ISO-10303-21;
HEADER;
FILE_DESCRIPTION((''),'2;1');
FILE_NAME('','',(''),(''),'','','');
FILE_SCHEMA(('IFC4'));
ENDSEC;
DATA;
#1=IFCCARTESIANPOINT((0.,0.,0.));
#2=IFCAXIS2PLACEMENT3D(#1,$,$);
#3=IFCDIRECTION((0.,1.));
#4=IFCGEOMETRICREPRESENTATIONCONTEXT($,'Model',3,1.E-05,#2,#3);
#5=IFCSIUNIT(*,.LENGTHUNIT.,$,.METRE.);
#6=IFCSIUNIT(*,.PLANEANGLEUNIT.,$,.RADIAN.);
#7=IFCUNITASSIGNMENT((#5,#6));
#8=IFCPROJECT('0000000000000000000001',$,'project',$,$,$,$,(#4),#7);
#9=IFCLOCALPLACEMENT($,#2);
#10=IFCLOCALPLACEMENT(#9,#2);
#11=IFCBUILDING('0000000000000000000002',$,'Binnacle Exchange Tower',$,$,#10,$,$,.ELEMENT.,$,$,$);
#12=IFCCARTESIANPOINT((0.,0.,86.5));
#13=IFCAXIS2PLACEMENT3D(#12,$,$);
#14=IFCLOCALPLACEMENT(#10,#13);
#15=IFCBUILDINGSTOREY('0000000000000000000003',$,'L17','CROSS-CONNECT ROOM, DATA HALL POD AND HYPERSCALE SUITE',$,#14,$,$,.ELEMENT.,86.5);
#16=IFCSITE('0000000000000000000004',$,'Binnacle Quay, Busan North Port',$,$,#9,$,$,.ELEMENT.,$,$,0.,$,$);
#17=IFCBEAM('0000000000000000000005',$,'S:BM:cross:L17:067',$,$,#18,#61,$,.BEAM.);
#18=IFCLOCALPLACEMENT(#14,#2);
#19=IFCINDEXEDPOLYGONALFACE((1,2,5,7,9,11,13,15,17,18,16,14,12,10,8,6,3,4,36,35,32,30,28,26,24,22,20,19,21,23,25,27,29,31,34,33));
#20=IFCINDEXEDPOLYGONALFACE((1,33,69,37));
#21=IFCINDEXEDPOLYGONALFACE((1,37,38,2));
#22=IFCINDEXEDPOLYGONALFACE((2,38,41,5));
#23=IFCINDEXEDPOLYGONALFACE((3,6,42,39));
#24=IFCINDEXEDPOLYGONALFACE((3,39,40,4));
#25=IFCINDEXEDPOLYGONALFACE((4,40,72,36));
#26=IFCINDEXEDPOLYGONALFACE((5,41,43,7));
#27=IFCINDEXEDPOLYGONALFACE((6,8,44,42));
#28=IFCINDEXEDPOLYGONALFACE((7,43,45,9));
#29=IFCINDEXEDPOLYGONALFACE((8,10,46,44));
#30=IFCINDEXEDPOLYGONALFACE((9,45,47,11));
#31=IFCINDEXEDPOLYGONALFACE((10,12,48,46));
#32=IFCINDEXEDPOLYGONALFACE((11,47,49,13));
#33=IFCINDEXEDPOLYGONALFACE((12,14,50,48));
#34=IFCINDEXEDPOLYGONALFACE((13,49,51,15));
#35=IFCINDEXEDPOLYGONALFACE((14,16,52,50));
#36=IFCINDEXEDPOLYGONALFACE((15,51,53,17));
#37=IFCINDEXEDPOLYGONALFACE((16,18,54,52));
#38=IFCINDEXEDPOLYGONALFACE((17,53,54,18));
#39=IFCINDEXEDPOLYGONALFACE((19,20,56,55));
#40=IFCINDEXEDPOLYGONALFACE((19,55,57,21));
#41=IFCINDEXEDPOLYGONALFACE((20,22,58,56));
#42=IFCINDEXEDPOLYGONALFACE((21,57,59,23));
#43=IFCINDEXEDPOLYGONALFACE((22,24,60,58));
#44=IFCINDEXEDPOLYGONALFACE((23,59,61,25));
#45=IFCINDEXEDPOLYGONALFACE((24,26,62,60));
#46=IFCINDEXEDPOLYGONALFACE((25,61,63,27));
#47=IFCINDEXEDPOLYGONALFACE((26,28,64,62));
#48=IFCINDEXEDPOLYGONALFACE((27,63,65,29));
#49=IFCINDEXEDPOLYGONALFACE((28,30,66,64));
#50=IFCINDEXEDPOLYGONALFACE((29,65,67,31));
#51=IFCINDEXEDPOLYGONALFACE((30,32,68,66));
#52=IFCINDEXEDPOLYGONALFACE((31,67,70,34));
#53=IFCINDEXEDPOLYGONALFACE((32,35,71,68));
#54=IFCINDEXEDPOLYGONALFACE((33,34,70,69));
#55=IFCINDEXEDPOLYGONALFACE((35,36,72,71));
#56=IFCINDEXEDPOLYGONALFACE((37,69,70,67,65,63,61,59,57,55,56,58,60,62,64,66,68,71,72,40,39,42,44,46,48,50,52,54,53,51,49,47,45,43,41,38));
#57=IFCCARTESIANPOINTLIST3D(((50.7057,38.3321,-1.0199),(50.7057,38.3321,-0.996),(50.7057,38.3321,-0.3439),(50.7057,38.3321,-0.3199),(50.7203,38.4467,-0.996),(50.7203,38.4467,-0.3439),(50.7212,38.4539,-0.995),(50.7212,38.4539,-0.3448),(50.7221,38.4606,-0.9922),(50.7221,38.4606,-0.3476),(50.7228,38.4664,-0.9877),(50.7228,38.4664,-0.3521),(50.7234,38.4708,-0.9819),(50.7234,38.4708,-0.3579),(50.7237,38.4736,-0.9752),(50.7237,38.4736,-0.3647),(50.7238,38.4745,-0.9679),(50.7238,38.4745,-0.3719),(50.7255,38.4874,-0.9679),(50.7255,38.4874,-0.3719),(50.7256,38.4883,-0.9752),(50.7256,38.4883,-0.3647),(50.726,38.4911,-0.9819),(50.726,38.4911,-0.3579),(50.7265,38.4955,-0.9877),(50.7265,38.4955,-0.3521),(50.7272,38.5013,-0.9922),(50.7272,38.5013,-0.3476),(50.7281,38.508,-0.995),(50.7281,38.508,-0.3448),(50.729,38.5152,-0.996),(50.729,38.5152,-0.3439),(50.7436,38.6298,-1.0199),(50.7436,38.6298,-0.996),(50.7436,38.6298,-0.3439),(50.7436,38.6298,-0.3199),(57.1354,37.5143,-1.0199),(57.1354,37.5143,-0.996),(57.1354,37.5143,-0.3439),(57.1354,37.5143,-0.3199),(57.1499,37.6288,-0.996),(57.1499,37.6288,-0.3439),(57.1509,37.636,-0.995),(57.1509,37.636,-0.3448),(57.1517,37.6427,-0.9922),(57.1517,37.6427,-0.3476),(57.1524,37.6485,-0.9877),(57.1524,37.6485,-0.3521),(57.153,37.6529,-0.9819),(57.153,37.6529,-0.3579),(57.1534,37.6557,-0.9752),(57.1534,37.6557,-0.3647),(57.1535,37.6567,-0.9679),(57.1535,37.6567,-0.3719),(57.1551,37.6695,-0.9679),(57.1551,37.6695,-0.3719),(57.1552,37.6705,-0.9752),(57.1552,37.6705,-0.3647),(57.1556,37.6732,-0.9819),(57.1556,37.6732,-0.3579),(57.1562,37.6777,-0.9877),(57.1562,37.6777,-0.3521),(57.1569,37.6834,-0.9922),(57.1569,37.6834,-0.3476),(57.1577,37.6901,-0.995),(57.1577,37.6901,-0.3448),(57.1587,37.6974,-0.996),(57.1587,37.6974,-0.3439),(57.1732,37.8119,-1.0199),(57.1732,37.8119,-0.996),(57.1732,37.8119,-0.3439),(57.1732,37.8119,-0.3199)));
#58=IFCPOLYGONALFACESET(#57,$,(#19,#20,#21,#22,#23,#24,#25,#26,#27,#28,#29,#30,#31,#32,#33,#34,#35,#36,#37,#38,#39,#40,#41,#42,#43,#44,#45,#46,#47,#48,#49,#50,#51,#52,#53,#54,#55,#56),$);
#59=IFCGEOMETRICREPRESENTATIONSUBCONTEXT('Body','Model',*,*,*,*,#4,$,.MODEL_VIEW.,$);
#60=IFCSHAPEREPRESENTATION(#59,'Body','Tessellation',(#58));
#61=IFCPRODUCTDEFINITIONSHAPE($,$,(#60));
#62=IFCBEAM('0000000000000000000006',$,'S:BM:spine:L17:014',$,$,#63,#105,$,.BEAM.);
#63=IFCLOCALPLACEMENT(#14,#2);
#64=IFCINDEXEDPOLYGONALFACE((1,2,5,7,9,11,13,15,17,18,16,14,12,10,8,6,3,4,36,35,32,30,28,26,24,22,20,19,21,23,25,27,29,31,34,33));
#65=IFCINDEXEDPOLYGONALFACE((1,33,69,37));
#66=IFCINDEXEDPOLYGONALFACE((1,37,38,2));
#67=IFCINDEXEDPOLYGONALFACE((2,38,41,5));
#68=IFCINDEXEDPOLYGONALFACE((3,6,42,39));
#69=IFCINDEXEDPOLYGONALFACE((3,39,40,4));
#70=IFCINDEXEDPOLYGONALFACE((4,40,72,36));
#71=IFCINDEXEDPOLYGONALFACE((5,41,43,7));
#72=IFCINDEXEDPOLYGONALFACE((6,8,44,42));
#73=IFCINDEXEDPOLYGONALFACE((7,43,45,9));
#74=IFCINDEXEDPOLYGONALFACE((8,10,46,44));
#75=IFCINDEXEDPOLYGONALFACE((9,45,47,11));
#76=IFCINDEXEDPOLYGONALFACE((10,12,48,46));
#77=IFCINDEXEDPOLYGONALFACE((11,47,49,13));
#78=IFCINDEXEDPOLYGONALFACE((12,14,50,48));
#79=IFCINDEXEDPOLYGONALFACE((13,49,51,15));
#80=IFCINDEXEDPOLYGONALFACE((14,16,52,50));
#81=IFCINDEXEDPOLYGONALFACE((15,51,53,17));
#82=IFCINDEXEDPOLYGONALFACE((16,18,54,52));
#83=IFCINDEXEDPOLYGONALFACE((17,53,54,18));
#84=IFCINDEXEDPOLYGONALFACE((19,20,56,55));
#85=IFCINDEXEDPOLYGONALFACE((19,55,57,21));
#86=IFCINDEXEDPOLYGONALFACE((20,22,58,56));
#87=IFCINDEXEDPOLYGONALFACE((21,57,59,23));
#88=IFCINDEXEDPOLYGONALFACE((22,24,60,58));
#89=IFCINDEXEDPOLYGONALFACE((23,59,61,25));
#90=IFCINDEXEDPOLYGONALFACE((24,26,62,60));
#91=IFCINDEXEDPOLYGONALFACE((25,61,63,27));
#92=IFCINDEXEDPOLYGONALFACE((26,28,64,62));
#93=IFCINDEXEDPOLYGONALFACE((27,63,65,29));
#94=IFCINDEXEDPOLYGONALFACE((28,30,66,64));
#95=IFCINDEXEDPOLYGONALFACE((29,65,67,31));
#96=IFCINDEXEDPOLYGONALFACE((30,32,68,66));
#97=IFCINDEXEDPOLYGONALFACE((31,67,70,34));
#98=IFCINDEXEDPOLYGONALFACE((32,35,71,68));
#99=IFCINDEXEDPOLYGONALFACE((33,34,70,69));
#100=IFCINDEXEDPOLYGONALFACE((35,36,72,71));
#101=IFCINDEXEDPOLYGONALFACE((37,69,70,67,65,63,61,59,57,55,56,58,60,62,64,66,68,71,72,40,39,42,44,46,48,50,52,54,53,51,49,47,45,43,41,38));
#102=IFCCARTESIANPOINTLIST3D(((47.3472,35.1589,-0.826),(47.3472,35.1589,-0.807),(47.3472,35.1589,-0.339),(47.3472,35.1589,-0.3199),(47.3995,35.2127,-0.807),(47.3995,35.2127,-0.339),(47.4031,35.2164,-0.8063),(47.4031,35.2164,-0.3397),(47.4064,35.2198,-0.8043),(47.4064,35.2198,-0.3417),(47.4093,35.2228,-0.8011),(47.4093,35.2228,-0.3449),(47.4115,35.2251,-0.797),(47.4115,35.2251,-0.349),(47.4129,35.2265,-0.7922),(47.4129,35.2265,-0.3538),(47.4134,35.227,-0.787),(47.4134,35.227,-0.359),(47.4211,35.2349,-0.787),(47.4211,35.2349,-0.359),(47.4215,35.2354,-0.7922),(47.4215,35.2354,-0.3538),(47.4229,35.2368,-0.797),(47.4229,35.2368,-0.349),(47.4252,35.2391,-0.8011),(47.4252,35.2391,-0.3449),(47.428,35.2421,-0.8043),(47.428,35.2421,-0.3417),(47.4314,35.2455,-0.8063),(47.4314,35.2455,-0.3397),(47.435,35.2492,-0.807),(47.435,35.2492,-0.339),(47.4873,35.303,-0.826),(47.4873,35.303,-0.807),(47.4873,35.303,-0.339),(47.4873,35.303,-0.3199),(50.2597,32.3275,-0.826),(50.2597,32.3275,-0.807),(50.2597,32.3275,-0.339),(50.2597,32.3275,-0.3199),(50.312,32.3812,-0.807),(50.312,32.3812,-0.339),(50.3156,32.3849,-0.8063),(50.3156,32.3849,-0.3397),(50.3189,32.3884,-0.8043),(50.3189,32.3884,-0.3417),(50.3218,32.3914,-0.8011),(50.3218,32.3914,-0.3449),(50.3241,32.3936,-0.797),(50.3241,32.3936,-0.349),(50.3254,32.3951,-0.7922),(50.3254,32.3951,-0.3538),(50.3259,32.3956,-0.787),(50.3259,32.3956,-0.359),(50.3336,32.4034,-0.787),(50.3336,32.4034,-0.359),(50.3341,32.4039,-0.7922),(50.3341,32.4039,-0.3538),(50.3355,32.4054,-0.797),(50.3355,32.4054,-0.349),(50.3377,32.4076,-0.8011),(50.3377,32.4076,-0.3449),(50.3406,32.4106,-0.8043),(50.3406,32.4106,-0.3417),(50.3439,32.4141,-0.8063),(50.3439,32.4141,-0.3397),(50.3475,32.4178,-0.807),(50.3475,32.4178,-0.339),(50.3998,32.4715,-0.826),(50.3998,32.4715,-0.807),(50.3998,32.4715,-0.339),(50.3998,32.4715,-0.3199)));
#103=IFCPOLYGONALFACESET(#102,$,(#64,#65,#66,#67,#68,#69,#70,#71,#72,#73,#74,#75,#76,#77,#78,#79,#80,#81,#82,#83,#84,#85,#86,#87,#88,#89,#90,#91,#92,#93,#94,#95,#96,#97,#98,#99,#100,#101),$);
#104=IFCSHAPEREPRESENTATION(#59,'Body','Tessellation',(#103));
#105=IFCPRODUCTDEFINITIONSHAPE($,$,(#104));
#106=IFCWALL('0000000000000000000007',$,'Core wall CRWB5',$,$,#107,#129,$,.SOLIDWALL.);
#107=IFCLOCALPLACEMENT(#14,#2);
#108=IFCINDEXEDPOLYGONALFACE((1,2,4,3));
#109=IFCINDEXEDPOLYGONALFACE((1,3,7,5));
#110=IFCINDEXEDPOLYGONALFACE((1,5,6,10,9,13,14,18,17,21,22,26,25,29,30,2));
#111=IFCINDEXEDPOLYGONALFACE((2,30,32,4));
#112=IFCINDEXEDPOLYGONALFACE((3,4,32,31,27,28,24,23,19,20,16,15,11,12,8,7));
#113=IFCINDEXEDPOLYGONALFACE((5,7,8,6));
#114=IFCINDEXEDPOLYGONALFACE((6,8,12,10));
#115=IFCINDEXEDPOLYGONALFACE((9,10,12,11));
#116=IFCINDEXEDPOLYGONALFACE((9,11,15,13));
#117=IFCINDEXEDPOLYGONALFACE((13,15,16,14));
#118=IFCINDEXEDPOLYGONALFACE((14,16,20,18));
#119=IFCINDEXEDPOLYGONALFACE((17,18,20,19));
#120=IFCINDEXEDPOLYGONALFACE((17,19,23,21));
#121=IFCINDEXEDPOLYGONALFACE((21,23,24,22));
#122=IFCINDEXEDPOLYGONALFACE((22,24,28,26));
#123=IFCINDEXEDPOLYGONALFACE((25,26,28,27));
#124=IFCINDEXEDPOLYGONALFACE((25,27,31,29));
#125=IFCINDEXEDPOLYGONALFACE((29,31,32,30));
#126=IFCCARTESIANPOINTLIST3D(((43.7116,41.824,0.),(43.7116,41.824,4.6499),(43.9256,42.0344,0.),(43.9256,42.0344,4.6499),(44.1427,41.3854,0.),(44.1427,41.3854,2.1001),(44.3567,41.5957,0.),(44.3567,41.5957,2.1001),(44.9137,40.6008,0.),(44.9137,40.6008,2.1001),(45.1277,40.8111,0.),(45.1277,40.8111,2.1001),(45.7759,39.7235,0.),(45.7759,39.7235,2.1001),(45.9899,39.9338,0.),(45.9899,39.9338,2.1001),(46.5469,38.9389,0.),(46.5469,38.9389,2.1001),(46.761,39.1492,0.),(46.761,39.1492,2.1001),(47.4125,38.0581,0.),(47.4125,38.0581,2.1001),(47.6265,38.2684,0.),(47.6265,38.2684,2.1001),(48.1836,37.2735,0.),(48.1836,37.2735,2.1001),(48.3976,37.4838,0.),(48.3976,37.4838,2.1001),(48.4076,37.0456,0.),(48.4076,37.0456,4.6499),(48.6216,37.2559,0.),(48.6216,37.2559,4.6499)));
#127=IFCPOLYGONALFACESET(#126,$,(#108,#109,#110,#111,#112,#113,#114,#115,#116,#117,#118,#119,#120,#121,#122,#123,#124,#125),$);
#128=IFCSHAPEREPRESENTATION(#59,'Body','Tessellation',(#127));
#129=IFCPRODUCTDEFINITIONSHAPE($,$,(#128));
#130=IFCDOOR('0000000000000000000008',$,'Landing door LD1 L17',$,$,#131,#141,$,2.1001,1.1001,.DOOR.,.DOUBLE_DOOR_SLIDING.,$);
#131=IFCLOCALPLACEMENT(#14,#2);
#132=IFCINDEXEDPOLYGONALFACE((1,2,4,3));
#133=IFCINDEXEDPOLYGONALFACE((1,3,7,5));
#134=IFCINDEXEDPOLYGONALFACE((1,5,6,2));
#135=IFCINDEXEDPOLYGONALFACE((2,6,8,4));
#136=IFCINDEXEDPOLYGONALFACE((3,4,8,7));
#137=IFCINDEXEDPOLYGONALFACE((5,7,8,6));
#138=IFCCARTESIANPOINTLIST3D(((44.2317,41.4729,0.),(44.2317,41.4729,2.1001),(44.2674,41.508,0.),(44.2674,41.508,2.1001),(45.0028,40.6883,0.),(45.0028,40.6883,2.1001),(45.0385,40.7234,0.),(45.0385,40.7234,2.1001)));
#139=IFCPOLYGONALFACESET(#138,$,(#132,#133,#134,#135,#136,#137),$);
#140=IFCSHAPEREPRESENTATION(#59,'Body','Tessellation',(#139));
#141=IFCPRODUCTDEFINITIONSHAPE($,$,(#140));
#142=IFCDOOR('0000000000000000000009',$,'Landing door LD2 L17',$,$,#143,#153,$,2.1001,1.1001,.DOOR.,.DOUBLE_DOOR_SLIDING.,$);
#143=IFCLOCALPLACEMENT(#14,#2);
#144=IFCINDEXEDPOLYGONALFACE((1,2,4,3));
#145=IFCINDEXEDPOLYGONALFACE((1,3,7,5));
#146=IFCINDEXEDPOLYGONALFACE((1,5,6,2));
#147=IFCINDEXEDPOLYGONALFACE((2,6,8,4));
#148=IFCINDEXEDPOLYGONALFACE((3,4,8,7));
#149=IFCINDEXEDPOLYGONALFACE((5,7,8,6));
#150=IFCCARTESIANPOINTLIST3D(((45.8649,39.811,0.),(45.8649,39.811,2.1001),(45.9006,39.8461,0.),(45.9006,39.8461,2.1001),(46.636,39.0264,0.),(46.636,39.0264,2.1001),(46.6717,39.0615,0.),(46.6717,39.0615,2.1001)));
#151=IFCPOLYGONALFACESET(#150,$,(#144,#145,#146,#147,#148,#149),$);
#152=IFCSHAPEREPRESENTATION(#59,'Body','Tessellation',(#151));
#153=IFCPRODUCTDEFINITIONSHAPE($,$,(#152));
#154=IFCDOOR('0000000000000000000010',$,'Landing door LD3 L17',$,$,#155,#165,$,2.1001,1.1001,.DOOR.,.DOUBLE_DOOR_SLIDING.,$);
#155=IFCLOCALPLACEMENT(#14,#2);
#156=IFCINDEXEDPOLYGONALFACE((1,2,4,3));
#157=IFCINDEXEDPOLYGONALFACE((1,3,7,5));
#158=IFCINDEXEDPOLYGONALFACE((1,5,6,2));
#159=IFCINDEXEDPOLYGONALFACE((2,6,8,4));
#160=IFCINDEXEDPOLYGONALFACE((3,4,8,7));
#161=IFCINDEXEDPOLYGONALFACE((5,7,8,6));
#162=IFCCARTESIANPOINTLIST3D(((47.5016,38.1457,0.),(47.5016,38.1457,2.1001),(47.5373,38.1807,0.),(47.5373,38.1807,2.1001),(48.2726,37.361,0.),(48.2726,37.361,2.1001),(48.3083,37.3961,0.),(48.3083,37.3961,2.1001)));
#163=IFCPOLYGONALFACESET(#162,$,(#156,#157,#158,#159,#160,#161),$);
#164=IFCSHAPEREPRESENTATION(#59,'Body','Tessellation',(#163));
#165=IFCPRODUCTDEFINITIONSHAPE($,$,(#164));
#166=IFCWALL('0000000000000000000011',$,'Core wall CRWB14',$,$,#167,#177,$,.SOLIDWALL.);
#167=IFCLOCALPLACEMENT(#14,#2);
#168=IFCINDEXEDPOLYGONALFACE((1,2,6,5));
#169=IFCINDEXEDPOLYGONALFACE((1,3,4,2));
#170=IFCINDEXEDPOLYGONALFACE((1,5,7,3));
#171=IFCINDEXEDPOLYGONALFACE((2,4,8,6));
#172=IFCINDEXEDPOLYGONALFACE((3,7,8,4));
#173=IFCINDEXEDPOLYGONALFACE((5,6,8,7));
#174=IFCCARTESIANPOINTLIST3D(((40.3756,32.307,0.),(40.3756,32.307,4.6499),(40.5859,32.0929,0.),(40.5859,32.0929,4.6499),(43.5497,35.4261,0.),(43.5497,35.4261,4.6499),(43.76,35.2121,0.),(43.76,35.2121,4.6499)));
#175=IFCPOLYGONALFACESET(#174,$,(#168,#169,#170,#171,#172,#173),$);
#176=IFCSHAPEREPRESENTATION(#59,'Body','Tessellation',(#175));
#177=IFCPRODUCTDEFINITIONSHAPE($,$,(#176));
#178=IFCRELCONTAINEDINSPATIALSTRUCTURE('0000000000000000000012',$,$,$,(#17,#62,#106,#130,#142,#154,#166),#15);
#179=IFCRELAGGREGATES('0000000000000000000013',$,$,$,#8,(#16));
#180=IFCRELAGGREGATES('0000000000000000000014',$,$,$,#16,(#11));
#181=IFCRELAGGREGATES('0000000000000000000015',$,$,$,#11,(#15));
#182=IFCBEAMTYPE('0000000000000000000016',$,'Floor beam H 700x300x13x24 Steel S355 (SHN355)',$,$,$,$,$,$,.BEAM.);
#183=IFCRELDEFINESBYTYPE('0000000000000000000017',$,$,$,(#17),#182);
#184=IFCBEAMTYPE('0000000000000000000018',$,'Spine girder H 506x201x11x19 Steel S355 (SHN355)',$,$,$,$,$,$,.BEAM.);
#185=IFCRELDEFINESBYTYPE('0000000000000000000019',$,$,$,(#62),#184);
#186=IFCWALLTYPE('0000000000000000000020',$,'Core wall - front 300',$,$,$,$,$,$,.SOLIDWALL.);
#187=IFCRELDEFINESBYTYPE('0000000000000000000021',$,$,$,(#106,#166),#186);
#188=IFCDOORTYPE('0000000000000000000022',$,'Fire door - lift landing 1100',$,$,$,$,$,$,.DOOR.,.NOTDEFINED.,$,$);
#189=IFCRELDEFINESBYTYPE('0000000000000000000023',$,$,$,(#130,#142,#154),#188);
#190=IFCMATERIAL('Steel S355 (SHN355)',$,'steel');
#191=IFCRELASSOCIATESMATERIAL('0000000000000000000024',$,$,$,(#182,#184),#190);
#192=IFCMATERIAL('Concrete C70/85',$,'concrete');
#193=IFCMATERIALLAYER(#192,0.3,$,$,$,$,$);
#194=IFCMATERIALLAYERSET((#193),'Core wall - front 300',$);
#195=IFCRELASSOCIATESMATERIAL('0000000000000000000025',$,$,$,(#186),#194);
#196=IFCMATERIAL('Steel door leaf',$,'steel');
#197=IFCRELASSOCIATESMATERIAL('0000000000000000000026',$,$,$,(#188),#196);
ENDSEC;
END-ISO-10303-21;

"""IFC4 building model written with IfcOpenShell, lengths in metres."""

from ifc_helpers import new_model, si_unit, direction, frame, frame_2d, origin, origin_2d, place, context, subcontext, project, spatial, rectangle, i_section, extrude, material, layer, layer_set, material_profile, profile_set, type_object, element, fill, save


model = new_model("IFC4")

# Units and contexts
model_context = context("Model", 3, precision=1e-05, world=origin(), true_north=direction((0.0, 1.0)))
body_context = subcontext(model_context, "Body", "Model", "MODEL_VIEW")
ifc_project = project(units=[si_unit("LENGTHUNIT", "METRE"), si_unit("PLANEANGLEUNIT", "RADIAN")], contexts=[model_context])

# Site, building, storey
site_placement = place(None, origin())
site = spatial("IfcSite", under=ifc_project, at=site_placement, Name="Binnacle Quay, Busan North Port", CompositionType="ELEMENT", RefElevation=0.0)
building_placement = place(site_placement, origin())
building = spatial("IfcBuilding", under=site, at=building_placement, Name="Binnacle Exchange Tower", CompositionType="ELEMENT")
storey_placement = place(building_placement, frame((0.0, 0.0, 86.5)))
storey = spatial("IfcBuildingStorey", under=building, at=storey_placement, Name="L17", Description="CROSS-CONNECT ROOM, DATA HALL POD AND HYPERSCALE SUITE", CompositionType="ELEMENT", Elevation=86.5)

# Shared definitions
ifc_material_1 = material(Name="Concrete C70/85", Category="concrete")

# Beams
ifc_material_2 = material(Name="Steel S355 (SHN355)", Category="steel")
ifc_material_profile_1 = material_profile(ifc_material_2, i_section(OverallWidth=0.3, OverallDepth=0.7, WebThickness=0.0129, FlangeThickness=0.0239, FilletRadius=0.0281, at=origin_2d()), Name="H 700x300x13x24")
ifc_profile_set_1 = profile_set([ifc_material_profile_1], Name="Steel S355 (SHN355)")
beam_type_1 = type_object("IfcBeamType", Name="Floor beam H 700x300x13x24 Steel S355 (SHN355)", PredefinedType="BEAM", material=ifc_profile_set_1)
beam_1_placement = place(storey_placement, frame((57.1543, 37.6631, -0.6699), z_axis=(-0.992007, 0.126186, 0.0), x_axis=(-0.126186, -0.992007, 0.0)))
element("IfcBeam", 1, at=beam_1_placement, inside=storey, type_object=beam_type_1, Name="S:BM:cross:L17:067", PredefinedType="BEAM", context=body_context, shape_type="SweptSolid", body=[
    extrude(i_section(OverallWidth=0.3, OverallDepth=0.7, WebThickness=0.0129, FlangeThickness=0.0239, FilletRadius=0.0281, at=origin_2d()), origin(), (0.0, 0.0, 1.0), 6.4814),
])
ifc_material_profile_2 = material_profile(ifc_material_2, i_section(OverallWidth=0.2009, OverallDepth=0.5061, WebThickness=0.011, FlangeThickness=0.019, FilletRadius=0.02, at=origin_2d()), Name="H 506x201x11x19")
ifc_profile_set_2 = profile_set([ifc_material_profile_2], Name="Steel S355 (SHN355)")
beam_type_2 = type_object("IfcBeamType", Name="Spine girder H 506x201x11x19 Steel S355 (SHN355)", PredefinedType="BEAM", material=ifc_profile_set_2)
beam_2_placement = place(storey_placement, frame((47.4172, 35.231, -0.573), z_axis=(0.717013, -0.69706, 0.0), x_axis=(0.69706, 0.717013, 0.0)))
element("IfcBeam", 2, at=beam_2_placement, inside=storey, type_object=beam_type_2, Name="S:BM:spine:L17:014", PredefinedType="BEAM", context=body_context, shape_type="SweptSolid", body=[
    extrude(i_section(OverallWidth=0.2009, OverallDepth=0.5061, WebThickness=0.011, FlangeThickness=0.019, FilletRadius=0.02, at=origin_2d()), origin(), (0.0, 0.0, 1.0), 4.062),
])

# Wall, openings, doors
ifc_layer_1 = layer(ifc_material_1, 0.3)
ifc_layer_set_1 = layer_set([ifc_layer_1], Name="Core wall - front 300")
wall_type_1 = type_object("IfcWallType", Name="Core wall - front 300", PredefinedType="SOLIDWALL", material=ifc_layer_set_1)
wall_1_placement = place(storey_placement, frame((43.8186, 41.9292, 0.0), z_axis=(0.0, 0.0, 1.0), x_axis=(0.700922, -0.713238, 0.0)))
wall_1 = element("IfcWall", 3, at=wall_1_placement, inside=storey, type_object=wall_type_1, Name="Core wall CRWB5", PredefinedType="SOLIDWALL", context=body_context, shape_type="SweptSolid", body=[
    extrude(rectangle(XDim=6.6997, YDim=0.3, at=frame_2d((3.3499, 0.0))), origin(), (0.0, 0.0, 1.0), 4.6499),
])
opening_1_placement = place(wall_1_placement, frame((0.615, 0.0, 0.0)))
opening_1 = element("IfcOpeningElement", 4, at=opening_1_placement, cuts=wall_1, PredefinedType="OPENING", context=body_context, shape_type="SweptSolid", body=[
    extrude(rectangle(XDim=1.1001, YDim=2.1001, at=frame_2d((0.55, 1.05))), frame((0.0, 0.1599, 0.0), z_axis=(0.0, -1.0, 0.0), x_axis=(1.0, 0.0, 0.0)), (0.0, 0.0, 1.0), 0.3201),
])
opening_2_placement = place(wall_1_placement, frame((2.9451, 0.0, 0.0)))
opening_2 = element("IfcOpeningElement", 5, at=opening_2_placement, cuts=wall_1, PredefinedType="OPENING", context=body_context, shape_type="SweptSolid", body=[
    extrude(rectangle(XDim=1.1001, YDim=2.1001, at=frame_2d((0.55, 1.05))), frame((0.0, 0.1599, 0.0), z_axis=(0.0, -1.0, 0.0), x_axis=(1.0, 0.0, 0.0)), (0.0, 0.0, 1.0), 0.3201),
])
opening_3_placement = place(wall_1_placement, frame((5.28, 0.0, 0.0)))
opening_3 = element("IfcOpeningElement", 6, at=opening_3_placement, cuts=wall_1, PredefinedType="OPENING", context=body_context, shape_type="SweptSolid", body=[
    extrude(rectangle(XDim=1.1001, YDim=2.1001, at=frame_2d((0.55, 1.05))), frame((0.0, 0.1599, 0.0), z_axis=(0.0, -1.0, 0.0), x_axis=(1.0, 0.0, 0.0)), (0.0, 0.0, 1.0), 0.3201),
])
ifc_material_3 = material(Name="Steel door leaf", Category="steel")
door_type_1 = type_object("IfcDoorType", Name="Fire door - lift landing 1100", OperationType="NOTDEFINED", PredefinedType="DOOR", material=ifc_material_3)
door_1_placement = place(opening_1_placement, origin())
door_1 = element("IfcDoor", 7, at=door_1_placement, inside=storey, type_object=door_type_1, Name="Landing door LD1 L17", OperationType="DOUBLE_DOOR_SLIDING", OverallHeight=2.1001, OverallWidth=1.1001, PredefinedType="DOOR", context=body_context, shape_type="SweptSolid", body=[
    extrude(rectangle(XDim=1.1001, YDim=2.1001, at=frame_2d((0.55, 1.05))), frame((0.0, 0.0249, 0.0), z_axis=(0.0, -1.0, 0.0), x_axis=(1.0, 0.0, 0.0)), (0.0, 0.0, 1.0), 0.05),
])
fill(opening_1, door_1)
door_2_placement = place(opening_2_placement, origin())
door_2 = element("IfcDoor", 8, at=door_2_placement, inside=storey, type_object=door_type_1, Name="Landing door LD2 L17", OperationType="DOUBLE_DOOR_SLIDING", OverallHeight=2.1001, OverallWidth=1.1001, PredefinedType="DOOR", context=body_context, shape_type="SweptSolid", body=[
    extrude(rectangle(XDim=1.1001, YDim=2.1001, at=frame_2d((0.55, 1.05))), frame((0.0, 0.0249, 0.0), z_axis=(0.0, -1.0, 0.0), x_axis=(1.0, 0.0, 0.0)), (0.0, 0.0, 1.0), 0.05),
])
fill(opening_2, door_2)
door_3_placement = place(opening_3_placement, origin())
door_3 = element("IfcDoor", 9, at=door_3_placement, inside=storey, type_object=door_type_1, Name="Landing door LD3 L17", OperationType="DOUBLE_DOOR_SLIDING", OverallHeight=2.1001, OverallWidth=1.1001, PredefinedType="DOOR", context=body_context, shape_type="SweptSolid", body=[
    extrude(rectangle(XDim=1.1001, YDim=2.1001, at=frame_2d((0.55, 1.05))), frame((0.0, 0.0249, 0.0), z_axis=(0.0, -1.0, 0.0), x_axis=(1.0, 0.0, 0.0)), (0.0, 0.0, 1.0), 0.05),
])
fill(opening_3, door_3)

# Wall
wall_2_placement = place(storey_placement, frame((40.4807, 32.2, 0.0), z_axis=(0.0, 0.0, 1.0), x_axis=(0.713252, 0.700908, 0.0)))
element("IfcWall", 10, at=wall_2_placement, inside=storey, type_object=wall_type_1, Name="Core wall CRWB14", PredefinedType="SOLIDWALL", context=body_context, shape_type="SweptSolid", body=[
    extrude(rectangle(XDim=4.4502, YDim=0.3, at=frame_2d((2.2251, 0.0))), origin(), (0.0, 0.0, 1.0), 4.6499),
])

save(model, "model.ifc")
